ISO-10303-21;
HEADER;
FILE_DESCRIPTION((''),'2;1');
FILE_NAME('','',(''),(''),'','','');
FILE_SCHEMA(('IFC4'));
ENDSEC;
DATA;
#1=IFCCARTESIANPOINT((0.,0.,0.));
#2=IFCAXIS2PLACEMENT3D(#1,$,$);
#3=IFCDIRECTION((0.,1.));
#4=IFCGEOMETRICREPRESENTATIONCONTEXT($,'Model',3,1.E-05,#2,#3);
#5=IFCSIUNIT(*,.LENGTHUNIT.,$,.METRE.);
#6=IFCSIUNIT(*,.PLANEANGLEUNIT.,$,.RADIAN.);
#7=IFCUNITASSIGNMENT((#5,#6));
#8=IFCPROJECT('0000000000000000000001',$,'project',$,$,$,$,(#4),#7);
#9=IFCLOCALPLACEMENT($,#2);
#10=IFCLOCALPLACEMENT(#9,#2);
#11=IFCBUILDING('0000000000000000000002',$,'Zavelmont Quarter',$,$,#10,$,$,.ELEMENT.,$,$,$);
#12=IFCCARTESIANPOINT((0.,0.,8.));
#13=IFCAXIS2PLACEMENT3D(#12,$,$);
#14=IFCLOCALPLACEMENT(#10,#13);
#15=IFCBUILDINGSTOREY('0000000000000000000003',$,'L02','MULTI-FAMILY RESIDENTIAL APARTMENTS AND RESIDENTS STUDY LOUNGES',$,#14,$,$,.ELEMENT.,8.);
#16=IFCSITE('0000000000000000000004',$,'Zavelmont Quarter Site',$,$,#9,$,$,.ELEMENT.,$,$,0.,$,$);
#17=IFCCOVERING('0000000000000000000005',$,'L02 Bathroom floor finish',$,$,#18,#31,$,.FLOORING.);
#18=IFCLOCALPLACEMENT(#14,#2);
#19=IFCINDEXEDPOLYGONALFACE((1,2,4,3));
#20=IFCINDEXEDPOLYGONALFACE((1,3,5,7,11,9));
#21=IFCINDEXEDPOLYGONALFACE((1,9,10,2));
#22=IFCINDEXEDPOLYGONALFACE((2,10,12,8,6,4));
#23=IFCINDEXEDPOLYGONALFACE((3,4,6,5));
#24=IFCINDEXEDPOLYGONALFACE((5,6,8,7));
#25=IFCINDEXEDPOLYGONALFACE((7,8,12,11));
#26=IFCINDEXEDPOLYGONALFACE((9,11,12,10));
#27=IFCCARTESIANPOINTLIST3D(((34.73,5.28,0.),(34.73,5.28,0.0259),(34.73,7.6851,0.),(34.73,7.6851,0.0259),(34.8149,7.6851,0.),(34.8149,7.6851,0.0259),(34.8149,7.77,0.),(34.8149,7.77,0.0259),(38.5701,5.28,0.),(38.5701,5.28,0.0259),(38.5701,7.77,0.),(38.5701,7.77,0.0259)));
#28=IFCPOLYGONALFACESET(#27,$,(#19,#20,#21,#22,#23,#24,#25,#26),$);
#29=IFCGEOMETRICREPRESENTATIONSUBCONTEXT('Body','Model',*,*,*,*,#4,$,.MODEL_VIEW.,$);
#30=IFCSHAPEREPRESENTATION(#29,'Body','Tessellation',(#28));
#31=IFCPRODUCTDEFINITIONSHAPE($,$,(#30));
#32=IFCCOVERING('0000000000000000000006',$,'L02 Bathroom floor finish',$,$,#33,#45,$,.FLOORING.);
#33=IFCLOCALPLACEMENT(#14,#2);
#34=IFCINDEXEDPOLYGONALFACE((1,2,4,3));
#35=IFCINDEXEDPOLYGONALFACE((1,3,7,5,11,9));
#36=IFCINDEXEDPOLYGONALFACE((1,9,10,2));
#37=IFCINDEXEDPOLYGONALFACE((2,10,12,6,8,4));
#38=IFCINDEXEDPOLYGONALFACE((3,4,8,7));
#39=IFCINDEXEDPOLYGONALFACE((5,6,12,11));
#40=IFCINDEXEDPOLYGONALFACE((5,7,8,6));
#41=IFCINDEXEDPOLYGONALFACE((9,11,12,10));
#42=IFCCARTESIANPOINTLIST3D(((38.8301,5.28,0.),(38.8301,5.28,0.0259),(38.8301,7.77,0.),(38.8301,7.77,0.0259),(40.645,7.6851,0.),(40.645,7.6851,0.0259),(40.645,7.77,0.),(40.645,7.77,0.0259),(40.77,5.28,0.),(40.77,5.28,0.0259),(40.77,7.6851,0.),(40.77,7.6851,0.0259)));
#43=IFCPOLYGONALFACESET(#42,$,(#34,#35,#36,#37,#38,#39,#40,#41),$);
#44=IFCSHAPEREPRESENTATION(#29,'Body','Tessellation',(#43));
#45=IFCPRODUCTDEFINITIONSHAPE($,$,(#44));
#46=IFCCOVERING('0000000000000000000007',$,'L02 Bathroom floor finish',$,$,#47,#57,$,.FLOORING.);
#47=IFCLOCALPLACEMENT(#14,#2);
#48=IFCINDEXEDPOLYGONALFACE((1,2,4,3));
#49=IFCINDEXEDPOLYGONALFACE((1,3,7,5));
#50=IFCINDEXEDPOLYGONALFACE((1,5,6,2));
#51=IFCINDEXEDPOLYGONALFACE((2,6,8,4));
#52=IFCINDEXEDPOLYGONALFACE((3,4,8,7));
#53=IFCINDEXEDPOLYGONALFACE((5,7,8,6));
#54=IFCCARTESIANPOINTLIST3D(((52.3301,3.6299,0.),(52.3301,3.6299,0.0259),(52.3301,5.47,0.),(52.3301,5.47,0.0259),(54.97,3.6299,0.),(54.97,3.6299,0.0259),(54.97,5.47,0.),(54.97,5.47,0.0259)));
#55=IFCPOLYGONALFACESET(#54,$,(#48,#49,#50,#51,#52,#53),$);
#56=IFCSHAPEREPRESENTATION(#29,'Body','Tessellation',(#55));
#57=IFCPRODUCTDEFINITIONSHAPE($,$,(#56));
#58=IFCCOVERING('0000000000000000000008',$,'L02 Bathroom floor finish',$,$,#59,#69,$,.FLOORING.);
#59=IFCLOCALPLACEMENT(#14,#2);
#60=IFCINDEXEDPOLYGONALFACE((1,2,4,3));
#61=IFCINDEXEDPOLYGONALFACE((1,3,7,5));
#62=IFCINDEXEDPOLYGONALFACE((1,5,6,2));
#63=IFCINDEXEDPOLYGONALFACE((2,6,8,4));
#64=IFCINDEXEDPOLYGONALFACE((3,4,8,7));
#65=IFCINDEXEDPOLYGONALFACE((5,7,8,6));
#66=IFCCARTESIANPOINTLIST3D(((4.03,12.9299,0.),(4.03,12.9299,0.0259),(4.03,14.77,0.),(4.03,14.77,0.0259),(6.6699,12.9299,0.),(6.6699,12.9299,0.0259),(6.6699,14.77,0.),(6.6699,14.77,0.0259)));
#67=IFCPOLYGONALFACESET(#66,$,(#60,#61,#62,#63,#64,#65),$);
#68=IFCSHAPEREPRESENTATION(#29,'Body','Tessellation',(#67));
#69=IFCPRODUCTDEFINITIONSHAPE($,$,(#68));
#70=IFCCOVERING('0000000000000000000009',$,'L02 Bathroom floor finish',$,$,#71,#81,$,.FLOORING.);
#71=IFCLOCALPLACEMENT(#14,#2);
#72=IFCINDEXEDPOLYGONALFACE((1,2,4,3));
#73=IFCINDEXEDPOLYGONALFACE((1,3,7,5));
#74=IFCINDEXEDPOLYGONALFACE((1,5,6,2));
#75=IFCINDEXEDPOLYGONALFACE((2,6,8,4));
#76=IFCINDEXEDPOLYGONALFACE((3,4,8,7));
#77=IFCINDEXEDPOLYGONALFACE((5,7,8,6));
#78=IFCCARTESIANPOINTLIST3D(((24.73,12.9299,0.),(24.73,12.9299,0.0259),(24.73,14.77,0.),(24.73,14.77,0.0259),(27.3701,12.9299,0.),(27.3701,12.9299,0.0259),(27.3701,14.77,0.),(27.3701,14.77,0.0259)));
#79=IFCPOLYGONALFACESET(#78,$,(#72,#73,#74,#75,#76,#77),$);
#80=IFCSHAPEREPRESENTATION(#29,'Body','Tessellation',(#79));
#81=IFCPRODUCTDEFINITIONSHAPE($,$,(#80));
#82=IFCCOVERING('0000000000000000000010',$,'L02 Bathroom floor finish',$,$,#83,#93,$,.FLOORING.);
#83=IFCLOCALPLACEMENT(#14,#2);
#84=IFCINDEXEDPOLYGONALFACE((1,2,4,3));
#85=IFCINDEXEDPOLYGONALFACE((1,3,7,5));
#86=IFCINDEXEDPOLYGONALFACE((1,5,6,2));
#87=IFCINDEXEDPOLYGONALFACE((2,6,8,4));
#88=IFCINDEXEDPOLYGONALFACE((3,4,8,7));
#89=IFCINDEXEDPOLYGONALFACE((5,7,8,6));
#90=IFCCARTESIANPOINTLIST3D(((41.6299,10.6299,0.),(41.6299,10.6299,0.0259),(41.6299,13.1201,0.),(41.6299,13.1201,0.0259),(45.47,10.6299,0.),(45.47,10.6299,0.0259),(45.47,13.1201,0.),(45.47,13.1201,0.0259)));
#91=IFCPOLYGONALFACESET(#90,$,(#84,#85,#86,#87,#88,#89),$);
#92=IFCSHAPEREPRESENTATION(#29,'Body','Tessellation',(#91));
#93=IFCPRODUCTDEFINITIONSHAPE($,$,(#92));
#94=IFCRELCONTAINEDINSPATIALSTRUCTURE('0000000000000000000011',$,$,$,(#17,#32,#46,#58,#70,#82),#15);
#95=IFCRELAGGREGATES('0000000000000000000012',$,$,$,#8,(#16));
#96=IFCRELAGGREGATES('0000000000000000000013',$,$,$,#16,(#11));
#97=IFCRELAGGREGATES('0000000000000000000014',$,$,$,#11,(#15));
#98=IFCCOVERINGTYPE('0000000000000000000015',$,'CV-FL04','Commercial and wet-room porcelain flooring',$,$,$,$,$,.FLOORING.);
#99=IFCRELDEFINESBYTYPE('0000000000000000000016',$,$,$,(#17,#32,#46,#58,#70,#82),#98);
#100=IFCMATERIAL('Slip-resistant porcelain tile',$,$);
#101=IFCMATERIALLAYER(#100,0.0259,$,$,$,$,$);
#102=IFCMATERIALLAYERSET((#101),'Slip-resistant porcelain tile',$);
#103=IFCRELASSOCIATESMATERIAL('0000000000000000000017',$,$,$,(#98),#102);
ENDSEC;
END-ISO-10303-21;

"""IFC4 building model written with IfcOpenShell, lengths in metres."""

from ifc_helpers import new_model, si_unit, direction, frame, origin, place, context, subcontext, project, spatial, polyline, outline, extrude, material, layer, layer_set, type_object, element, save


model = new_model("IFC4")

# Units and contexts
model_context = context("Model", 3, precision=1e-05, world=origin(), true_north=direction((0.0, 1.0)))
body_context = subcontext(model_context, "Body", "Model", "MODEL_VIEW")
ifc_project = project(units=[si_unit("LENGTHUNIT", "METRE"), si_unit("PLANEANGLEUNIT", "RADIAN")], contexts=[model_context])

# Site, building, storey
site_placement = place(None, origin())
site = spatial("IfcSite", under=ifc_project, at=site_placement, Name="Zavelmont Quarter Site", CompositionType="ELEMENT", RefElevation=0.0)
building_placement = place(site_placement, origin())
building = spatial("IfcBuilding", under=site, at=building_placement, Name="Zavelmont Quarter", CompositionType="ELEMENT")
storey_placement = place(building_placement, frame((0.0, 0.0, 8.0)))
storey = spatial("IfcBuildingStorey", under=building, at=storey_placement, Name="L02", Description="MULTI-FAMILY RESIDENTIAL APARTMENTS AND RESIDENTS STUDY LOUNGES", CompositionType="ELEMENT", Elevation=8.0)

# Coverings
ifc_material_1 = material(Name="Slip-resistant porcelain tile")
ifc_layer_1 = layer(ifc_material_1, 0.0259)
ifc_layer_set_1 = layer_set([ifc_layer_1], Name="Slip-resistant porcelain tile")
covering_type_1 = type_object("IfcCoveringType", Name="CV-FL04", Description="Commercial and wet-room porcelain flooring", PredefinedType="FLOORING", material=ifc_layer_set_1)
covering_1_placement = place(storey_placement, origin())
element("IfcCovering", 1, at=covering_1_placement, inside=storey, type_object=covering_type_1, Name="L02 Bathroom floor finish", PredefinedType="FLOORING", context=body_context, shape_type="SweptSolid", body=[
    extrude(outline(polyline([(34.73, 7.6851), (34.8149, 7.6851), (34.8149, 7.77), (38.5701, 7.77), (38.5701, 5.28), (34.73, 5.28), (34.73, 7.6851)])), origin(), (0.0, 0.0, 1.0), 0.0259),
])
covering_2_placement = place(storey_placement, origin())
element("IfcCovering", 2, at=covering_2_placement, inside=storey, type_object=covering_type_1, Name="L02 Bathroom floor finish", PredefinedType="FLOORING", context=body_context, shape_type="SweptSolid", body=[
    extrude(outline(polyline([(38.8301, 7.77), (40.645, 7.77), (40.645, 7.6851), (40.77, 7.6851), (40.77, 5.28), (38.8301, 5.28), (38.8301, 7.77)])), origin(), (0.0, 0.0, 1.0), 0.0259),
])
covering_3_placement = place(storey_placement, origin())
element("IfcCovering", 3, at=covering_3_placement, inside=storey, type_object=covering_type_1, Name="L02 Bathroom floor finish", PredefinedType="FLOORING", context=body_context, shape_type="SweptSolid", body=[
    extrude(outline(polyline([(52.3301, 5.47), (54.97, 5.47), (54.97, 3.6299), (52.3301, 3.6299), (52.3301, 5.47)])), origin(), (0.0, 0.0, 1.0), 0.0259),
])
covering_4_placement = place(storey_placement, origin())
element("IfcCovering", 4, at=covering_4_placement, inside=storey, type_object=covering_type_1, Name="L02 Bathroom floor finish", PredefinedType="FLOORING", context=body_context, shape_type="SweptSolid", body=[
    extrude(outline(polyline([(4.03, 14.77), (6.6699, 14.77), (6.6699, 12.9299), (4.03, 12.9299), (4.03, 14.77)])), origin(), (0.0, 0.0, 1.0), 0.0259),
])
covering_5_placement = place(storey_placement, origin())
element("IfcCovering", 5, at=covering_5_placement, inside=storey, type_object=covering_type_1, Name="L02 Bathroom floor finish", PredefinedType="FLOORING", context=body_context, shape_type="SweptSolid", body=[
    extrude(outline(polyline([(24.73, 14.77), (27.3701, 14.77), (27.3701, 12.9299), (24.73, 12.9299), (24.73, 14.77)])), origin(), (0.0, 0.0, 1.0), 0.0259),
])
covering_6_placement = place(storey_placement, origin())
element("IfcCovering", 6, at=covering_6_placement, inside=storey, type_object=covering_type_1, Name="L02 Bathroom floor finish", PredefinedType="FLOORING", context=body_context, shape_type="SweptSolid", body=[
    extrude(outline(polyline([(41.6299, 13.1201), (45.47, 13.1201), (45.47, 10.6299), (41.6299, 10.6299), (41.6299, 13.1201)])), origin(), (0.0, 0.0, 1.0), 0.0259),
])

save(model, "model.ifc")
